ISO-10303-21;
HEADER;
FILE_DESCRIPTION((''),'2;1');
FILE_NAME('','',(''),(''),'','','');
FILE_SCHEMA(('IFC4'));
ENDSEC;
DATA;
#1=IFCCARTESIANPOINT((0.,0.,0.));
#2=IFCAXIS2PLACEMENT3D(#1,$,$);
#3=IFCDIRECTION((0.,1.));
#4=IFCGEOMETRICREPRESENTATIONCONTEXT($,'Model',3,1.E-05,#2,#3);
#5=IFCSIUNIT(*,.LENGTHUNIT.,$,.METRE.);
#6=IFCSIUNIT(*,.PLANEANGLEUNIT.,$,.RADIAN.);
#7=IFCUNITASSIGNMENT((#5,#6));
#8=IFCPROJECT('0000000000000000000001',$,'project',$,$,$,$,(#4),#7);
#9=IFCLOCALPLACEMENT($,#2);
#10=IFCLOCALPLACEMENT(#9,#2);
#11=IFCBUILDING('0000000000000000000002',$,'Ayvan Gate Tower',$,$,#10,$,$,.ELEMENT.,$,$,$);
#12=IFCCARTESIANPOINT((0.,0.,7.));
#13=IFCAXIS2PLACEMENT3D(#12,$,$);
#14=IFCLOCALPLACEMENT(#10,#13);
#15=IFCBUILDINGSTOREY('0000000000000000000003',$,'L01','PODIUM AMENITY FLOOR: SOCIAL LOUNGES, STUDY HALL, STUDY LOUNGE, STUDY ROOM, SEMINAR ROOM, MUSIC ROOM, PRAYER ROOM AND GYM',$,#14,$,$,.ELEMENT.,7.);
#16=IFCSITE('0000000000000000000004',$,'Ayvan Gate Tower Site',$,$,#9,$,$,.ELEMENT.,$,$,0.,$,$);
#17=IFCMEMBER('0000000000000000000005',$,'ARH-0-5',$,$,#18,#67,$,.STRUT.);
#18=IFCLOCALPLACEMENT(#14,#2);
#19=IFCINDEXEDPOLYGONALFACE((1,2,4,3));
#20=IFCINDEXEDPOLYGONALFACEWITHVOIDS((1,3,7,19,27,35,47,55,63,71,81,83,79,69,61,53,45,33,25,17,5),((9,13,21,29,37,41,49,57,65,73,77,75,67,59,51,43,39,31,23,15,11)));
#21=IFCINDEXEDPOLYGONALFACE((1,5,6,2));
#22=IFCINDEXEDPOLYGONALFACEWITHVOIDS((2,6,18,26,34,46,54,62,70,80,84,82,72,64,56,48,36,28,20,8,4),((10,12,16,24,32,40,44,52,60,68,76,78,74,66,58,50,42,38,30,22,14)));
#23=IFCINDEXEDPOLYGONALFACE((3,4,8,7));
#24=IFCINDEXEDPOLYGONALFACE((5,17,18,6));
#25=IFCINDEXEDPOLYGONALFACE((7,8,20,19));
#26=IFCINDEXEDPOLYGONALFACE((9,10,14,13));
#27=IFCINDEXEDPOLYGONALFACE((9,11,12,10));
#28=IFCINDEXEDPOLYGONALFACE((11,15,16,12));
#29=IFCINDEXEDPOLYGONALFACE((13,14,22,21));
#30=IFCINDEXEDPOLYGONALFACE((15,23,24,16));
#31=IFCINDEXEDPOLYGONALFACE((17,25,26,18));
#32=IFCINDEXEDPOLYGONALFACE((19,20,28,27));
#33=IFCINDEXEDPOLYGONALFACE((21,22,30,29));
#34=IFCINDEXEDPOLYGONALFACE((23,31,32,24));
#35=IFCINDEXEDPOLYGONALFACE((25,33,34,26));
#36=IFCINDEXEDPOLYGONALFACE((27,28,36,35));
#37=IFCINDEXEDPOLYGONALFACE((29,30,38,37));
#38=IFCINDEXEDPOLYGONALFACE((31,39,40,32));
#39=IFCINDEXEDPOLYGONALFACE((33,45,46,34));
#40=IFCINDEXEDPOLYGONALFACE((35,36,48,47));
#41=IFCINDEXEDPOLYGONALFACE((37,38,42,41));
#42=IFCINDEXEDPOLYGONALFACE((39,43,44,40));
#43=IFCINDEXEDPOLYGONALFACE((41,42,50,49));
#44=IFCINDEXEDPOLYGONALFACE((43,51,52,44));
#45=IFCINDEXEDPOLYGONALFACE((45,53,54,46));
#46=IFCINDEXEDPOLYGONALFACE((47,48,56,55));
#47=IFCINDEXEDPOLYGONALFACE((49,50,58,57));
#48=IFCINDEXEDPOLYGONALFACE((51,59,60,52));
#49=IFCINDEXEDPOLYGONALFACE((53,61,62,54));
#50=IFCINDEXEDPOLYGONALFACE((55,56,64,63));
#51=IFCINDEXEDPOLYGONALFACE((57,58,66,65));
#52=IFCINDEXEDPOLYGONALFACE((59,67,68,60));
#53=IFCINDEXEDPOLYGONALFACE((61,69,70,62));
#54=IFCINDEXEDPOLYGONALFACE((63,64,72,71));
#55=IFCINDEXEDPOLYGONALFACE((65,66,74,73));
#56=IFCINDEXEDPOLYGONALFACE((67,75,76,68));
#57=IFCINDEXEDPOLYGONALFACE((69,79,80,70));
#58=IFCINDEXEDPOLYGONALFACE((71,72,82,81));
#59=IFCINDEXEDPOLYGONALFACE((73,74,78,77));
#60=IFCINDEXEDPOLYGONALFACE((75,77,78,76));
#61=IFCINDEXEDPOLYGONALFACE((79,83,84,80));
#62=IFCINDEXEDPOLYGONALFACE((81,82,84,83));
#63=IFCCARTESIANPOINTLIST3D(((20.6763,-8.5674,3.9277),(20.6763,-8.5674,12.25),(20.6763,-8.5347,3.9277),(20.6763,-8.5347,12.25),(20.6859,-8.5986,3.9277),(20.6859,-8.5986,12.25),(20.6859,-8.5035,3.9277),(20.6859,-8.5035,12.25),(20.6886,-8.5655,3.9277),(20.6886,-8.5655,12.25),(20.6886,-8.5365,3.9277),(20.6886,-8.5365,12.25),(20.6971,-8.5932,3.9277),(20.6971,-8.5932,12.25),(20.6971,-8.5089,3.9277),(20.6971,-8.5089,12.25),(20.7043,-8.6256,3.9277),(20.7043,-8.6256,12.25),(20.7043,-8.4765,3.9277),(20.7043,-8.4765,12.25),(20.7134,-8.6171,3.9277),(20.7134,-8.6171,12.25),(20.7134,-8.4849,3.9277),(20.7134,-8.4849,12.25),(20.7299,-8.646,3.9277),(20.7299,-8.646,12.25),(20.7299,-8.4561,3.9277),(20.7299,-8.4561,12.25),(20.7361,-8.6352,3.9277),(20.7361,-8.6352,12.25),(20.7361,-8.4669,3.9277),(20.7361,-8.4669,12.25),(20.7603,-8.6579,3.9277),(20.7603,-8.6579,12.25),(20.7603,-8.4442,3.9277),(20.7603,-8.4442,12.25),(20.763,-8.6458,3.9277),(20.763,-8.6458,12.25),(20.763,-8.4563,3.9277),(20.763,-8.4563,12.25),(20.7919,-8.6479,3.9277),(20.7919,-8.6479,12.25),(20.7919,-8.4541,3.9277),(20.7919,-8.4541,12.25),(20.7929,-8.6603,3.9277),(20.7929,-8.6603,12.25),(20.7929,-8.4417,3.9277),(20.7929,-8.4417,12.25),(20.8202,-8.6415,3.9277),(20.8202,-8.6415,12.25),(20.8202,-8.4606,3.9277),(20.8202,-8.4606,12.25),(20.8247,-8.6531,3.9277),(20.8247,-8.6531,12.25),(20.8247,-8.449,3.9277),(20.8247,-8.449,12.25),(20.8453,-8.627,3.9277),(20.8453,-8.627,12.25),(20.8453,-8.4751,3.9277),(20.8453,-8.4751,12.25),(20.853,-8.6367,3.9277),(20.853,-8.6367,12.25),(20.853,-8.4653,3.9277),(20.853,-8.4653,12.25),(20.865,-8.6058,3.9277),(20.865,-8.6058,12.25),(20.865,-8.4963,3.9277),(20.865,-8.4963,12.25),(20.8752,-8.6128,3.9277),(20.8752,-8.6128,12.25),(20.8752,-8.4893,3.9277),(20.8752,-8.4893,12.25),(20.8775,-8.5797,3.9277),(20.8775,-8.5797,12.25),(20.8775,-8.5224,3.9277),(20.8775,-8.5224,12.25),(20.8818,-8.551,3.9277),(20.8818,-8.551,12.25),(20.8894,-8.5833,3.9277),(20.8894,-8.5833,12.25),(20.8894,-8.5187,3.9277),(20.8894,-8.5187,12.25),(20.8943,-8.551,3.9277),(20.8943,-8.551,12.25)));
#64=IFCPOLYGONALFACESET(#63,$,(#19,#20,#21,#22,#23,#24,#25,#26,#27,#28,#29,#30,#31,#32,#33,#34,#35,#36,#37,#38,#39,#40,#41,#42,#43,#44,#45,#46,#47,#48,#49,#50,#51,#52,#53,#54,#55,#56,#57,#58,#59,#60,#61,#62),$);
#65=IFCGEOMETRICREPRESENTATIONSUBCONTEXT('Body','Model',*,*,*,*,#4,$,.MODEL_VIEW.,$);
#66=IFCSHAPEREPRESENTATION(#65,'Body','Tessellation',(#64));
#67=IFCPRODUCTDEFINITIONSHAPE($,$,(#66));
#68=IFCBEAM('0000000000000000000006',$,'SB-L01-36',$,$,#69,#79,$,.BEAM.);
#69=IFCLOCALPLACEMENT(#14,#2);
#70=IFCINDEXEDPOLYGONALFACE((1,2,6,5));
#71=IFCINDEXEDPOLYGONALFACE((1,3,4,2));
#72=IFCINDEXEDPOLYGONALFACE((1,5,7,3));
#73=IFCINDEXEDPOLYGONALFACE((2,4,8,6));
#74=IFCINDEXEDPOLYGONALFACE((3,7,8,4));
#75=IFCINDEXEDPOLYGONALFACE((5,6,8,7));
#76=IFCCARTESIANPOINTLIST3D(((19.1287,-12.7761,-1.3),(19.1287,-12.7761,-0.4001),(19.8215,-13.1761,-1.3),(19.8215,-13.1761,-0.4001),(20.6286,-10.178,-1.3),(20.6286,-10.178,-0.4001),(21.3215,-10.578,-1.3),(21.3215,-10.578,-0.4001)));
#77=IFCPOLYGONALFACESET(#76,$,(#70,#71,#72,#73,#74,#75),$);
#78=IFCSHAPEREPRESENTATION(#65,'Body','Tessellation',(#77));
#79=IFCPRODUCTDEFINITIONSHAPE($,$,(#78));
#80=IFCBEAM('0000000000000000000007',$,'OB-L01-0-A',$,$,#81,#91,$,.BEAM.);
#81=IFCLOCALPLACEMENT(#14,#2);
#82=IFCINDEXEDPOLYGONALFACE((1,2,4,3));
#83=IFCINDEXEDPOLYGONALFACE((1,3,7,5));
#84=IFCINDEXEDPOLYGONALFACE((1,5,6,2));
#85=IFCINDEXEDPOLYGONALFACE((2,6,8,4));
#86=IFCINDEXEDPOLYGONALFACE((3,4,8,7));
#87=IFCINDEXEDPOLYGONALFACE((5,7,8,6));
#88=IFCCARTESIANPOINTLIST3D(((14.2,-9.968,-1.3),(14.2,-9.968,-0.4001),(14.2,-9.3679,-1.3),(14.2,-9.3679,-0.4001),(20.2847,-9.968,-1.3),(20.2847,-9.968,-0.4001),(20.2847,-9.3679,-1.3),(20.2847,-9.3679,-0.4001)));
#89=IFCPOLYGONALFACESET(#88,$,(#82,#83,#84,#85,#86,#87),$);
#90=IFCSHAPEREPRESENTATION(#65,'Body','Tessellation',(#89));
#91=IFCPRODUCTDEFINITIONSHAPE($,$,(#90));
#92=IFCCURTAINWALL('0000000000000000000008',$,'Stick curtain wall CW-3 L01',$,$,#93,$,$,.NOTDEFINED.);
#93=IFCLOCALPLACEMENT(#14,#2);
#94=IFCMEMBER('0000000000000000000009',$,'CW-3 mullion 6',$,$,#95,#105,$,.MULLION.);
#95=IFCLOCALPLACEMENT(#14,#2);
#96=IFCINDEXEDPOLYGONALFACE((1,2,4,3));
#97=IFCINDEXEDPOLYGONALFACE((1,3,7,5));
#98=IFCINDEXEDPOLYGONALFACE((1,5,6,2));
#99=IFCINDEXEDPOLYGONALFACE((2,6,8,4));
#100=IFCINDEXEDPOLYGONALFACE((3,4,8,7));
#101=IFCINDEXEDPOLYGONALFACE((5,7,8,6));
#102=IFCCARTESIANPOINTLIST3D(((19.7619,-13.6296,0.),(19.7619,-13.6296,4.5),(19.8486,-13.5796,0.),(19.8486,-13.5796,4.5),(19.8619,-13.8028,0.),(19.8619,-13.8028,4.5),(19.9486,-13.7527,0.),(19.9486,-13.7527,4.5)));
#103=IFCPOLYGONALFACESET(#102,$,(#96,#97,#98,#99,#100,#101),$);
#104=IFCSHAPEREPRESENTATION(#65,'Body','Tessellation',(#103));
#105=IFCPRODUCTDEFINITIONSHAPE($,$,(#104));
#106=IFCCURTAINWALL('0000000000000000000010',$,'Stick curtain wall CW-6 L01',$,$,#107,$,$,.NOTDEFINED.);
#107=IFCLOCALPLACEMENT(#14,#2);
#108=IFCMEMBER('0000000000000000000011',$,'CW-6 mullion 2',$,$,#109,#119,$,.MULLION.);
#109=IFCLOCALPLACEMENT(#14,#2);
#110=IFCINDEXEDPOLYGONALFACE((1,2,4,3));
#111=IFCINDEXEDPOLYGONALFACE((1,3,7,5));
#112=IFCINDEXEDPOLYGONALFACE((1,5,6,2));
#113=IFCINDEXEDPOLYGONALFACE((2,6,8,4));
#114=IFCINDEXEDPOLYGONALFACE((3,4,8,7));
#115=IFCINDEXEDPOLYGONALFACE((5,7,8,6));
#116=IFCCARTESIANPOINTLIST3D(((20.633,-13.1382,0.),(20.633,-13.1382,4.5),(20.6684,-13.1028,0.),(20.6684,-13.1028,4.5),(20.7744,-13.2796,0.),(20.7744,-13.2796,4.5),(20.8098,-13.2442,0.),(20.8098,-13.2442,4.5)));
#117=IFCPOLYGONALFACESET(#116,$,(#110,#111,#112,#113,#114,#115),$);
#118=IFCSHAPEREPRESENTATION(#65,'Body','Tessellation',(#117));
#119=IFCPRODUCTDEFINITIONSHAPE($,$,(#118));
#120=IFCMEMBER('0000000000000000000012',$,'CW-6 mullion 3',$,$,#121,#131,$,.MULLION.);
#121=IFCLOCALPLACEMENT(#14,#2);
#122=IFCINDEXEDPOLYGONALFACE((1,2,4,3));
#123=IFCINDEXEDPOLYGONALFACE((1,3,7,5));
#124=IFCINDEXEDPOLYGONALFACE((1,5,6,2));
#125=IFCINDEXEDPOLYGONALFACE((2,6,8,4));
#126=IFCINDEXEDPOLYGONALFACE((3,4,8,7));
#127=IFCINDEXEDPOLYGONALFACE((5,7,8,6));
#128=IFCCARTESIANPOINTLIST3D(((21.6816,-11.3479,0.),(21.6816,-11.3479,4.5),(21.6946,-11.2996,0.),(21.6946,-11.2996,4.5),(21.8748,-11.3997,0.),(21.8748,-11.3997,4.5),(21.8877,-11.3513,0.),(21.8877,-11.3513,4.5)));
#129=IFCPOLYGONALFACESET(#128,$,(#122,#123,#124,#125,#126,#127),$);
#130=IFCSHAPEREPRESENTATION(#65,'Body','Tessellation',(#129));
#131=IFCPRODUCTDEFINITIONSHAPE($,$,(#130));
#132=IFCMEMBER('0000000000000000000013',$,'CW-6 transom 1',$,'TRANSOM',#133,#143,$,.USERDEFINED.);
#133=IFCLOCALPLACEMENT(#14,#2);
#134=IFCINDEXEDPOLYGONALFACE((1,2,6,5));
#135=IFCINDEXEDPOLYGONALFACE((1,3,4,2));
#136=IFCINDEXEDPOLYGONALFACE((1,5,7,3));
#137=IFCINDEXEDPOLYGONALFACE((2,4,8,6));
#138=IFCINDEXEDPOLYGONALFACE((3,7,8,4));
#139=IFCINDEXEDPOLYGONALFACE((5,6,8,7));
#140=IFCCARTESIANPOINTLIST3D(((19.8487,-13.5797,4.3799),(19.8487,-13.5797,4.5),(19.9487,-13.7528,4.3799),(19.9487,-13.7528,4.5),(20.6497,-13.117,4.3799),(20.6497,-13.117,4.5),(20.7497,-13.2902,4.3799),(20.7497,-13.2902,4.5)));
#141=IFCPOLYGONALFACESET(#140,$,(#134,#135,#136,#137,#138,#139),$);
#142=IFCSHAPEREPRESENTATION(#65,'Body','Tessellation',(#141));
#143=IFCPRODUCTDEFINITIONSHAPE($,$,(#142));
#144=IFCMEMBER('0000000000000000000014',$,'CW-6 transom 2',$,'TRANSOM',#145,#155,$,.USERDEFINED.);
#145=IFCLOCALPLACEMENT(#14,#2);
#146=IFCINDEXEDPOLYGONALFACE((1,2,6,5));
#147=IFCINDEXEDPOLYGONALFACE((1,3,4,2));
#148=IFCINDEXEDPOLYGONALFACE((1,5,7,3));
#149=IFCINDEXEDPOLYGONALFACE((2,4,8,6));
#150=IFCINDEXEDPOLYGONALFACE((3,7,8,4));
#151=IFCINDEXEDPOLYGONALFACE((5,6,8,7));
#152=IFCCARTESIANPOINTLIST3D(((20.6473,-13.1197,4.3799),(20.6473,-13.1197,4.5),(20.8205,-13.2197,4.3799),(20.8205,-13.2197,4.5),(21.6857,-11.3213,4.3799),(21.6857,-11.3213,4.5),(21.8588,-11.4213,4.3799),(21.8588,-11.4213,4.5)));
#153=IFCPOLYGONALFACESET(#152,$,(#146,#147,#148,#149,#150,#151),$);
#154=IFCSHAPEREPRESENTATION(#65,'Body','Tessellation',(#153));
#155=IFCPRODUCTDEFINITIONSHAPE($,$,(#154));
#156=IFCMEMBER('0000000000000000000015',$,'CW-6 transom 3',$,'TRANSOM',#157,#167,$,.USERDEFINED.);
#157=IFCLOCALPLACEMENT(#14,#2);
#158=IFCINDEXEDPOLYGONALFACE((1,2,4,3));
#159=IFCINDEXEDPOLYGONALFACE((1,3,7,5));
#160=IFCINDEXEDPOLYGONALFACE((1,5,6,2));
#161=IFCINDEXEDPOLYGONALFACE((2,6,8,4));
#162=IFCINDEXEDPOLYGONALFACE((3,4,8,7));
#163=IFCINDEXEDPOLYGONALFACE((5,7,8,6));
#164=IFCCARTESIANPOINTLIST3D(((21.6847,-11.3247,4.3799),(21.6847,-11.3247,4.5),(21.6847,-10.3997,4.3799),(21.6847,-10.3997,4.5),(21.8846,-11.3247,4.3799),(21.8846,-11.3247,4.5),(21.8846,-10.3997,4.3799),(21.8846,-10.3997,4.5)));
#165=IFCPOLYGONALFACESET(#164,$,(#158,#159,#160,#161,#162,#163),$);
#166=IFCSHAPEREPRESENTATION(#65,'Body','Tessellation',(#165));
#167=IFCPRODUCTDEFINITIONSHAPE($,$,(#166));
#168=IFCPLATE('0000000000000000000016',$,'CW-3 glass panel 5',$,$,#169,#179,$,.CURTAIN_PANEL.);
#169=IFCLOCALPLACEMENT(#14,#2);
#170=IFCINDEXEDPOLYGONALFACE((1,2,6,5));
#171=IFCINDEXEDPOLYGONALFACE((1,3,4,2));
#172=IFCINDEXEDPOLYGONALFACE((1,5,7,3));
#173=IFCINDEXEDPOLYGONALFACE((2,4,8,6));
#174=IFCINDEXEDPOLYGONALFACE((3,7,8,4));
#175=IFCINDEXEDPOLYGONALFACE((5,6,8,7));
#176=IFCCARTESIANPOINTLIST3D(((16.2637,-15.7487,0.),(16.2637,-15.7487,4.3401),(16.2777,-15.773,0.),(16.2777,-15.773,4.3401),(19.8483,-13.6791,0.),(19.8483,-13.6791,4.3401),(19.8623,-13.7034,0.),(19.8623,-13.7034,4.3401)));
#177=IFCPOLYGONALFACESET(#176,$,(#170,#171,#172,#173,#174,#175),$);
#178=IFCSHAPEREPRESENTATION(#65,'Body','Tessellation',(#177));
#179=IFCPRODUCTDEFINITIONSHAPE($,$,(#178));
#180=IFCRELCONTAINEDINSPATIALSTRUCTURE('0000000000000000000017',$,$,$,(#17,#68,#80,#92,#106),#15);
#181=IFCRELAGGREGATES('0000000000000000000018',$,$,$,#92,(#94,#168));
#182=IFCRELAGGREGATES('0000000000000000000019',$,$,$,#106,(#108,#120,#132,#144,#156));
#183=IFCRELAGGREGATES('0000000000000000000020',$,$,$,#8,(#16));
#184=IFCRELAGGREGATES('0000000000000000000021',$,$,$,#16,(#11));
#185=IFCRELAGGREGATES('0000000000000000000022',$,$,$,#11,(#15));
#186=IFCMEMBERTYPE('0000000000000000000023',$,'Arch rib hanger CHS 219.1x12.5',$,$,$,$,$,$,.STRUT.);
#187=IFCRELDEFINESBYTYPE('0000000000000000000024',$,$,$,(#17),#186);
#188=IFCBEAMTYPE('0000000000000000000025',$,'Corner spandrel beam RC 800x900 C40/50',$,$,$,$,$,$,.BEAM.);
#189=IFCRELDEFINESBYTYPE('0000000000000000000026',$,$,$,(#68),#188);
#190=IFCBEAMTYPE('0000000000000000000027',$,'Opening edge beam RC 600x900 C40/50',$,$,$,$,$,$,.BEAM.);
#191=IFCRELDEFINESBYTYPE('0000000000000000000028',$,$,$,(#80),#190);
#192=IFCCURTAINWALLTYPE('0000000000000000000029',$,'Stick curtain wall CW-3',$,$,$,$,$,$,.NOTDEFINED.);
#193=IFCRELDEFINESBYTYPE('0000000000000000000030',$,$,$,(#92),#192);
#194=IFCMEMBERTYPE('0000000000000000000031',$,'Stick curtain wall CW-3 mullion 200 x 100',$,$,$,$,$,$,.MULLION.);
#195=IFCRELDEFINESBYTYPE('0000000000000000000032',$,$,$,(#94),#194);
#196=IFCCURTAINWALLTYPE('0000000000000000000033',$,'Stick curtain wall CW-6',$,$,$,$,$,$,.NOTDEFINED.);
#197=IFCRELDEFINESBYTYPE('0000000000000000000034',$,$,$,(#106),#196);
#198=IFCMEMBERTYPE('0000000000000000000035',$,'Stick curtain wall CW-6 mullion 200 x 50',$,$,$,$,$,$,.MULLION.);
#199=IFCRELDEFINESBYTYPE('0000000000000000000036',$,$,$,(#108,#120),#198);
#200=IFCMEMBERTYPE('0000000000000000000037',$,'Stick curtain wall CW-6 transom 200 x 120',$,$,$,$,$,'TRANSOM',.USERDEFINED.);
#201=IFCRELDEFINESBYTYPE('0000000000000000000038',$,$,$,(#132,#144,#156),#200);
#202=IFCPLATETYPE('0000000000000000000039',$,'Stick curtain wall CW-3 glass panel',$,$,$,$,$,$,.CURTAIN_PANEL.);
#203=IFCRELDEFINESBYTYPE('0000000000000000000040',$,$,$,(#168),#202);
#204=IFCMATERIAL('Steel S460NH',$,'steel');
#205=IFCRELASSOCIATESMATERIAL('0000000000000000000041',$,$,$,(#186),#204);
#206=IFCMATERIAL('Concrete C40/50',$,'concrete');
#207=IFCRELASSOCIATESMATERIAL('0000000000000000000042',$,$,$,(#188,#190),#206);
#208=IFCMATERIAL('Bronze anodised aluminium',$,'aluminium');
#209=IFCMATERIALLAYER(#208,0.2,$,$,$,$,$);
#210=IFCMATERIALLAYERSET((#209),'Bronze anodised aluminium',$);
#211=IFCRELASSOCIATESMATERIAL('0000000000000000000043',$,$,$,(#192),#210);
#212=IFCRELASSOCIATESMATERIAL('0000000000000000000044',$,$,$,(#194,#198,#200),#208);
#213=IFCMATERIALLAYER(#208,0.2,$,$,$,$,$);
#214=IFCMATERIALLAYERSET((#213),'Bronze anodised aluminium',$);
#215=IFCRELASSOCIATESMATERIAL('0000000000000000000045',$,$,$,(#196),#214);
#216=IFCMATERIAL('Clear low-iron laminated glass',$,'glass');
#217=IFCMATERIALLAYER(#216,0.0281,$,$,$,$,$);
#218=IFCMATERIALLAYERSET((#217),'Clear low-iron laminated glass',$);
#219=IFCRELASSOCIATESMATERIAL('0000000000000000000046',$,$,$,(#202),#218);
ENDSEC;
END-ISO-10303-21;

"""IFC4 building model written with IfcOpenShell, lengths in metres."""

from ifc_helpers import new_model, si_unit, direction, frame, origin, origin_2d, place, context, subcontext, project, spatial, rectangle, hollow_circle, extrude, material, layer, layer_set, material_profile, profile_set, type_object, element, aggregate, save


model = new_model("IFC4")

# Units and contexts
model_context = context("Model", 3, precision=1e-05, world=origin(), true_north=direction((0.0, 1.0)))
body_context = subcontext(model_context, "Body", "Model", "MODEL_VIEW")
ifc_project = project(units=[si_unit("LENGTHUNIT", "METRE"), si_unit("PLANEANGLEUNIT", "RADIAN")], contexts=[model_context])

# Site, building, storey
site_placement = place(None, origin())
site = spatial("IfcSite", under=ifc_project, at=site_placement, Name="Ayvan Gate Tower Site", CompositionType="ELEMENT", RefElevation=0.0)
building_placement = place(site_placement, origin())
building = spatial("IfcBuilding", under=site, at=building_placement, Name="Ayvan Gate Tower", CompositionType="ELEMENT")
storey_placement = place(building_placement, frame((0.0, 0.0, 7.0)))
storey = spatial("IfcBuildingStorey", under=building, at=storey_placement, Name="L01", Description="PODIUM AMENITY FLOOR: SOCIAL LOUNGES, STUDY HALL, STUDY LOUNGE, STUDY ROOM, SEMINAR ROOM, MUSIC ROOM, PRAYER ROOM AND GYM", CompositionType="ELEMENT", Elevation=7.0)

# Member
ifc_material_1 = material(Name="Steel S460NH", Category="steel")
ifc_material_profile_1 = material_profile(ifc_material_1, hollow_circle(Radius=0.1096, WallThickness=0.0125, at=origin_2d()), Name="CHS 219.1x12.5")
ifc_profile_set_1 = profile_set([ifc_material_profile_1], Name="Steel S460NH")
member_type_1 = type_object("IfcMemberType", Name="Arch rib hanger CHS 219.1x12.5", PredefinedType="STRUT", material=ifc_profile_set_1)
member_1_placement = place(storey_placement, frame((20.7847, -8.551, 3.9277), z_axis=(0.0, 0.0, 1.0), x_axis=(1.0, 0.0, 0.0)))
element("IfcMember", 1, at=member_1_placement, inside=storey, type_object=member_type_1, Name="ARH-0-5", PredefinedType="STRUT", context=body_context, shape_type="SweptSolid", body=[
    extrude(hollow_circle(Radius=0.1096, WallThickness=0.0125, at=origin_2d()), origin(), (0.0, 0.0, 1.0), 8.3223),
])

# Beams
ifc_material_2 = material(Name="Concrete C40/50", Category="concrete")
ifc_material_profile_2 = material_profile(ifc_material_2, rectangle(XDim=0.8, YDim=0.8999, at=origin_2d()), Name="RC 800x900")
ifc_profile_set_2 = profile_set([ifc_material_profile_2], Name="Concrete C40/50")
beam_type_1 = type_object("IfcBeamType", Name="Corner spandrel beam RC 800x900 C40/50", PredefinedType="BEAM", material=ifc_profile_set_2)
beam_1_placement = place(storey_placement, frame((19.4751, -12.9761, -0.8501), z_axis=(0.49999, 0.866031, 0.0), x_axis=(-0.866031, 0.49999, 0.0)))
element("IfcBeam", 2, at=beam_1_placement, inside=storey, type_object=beam_type_1, Name="SB-L01-36", PredefinedType="BEAM", context=body_context, shape_type="SweptSolid", body=[
    extrude(rectangle(XDim=0.8, YDim=0.8999, at=origin_2d()), origin(), (0.0, 0.0, 1.0), 3.0),
])
ifc_material_profile_3 = material_profile(ifc_material_2, rectangle(XDim=0.6001, YDim=0.8999, at=origin_2d()), Name="RC 600x900")
ifc_profile_set_3 = profile_set([ifc_material_profile_3], Name="Concrete C40/50")
beam_type_2 = type_object("IfcBeamType", Name="Opening edge beam RC 600x900 C40/50", PredefinedType="BEAM", material=ifc_profile_set_3)
beam_2_placement = place(storey_placement, frame((20.2847, -9.668, -0.8501), z_axis=(-1.0, 0.0, 0.0), x_axis=(0.0, -1.0, 0.0)))
element("IfcBeam", 3, at=beam_2_placement, inside=storey, type_object=beam_type_2, Name="OB-L01-0-A", PredefinedType="BEAM", context=body_context, shape_type="SweptSolid", body=[
    extrude(rectangle(XDim=0.6001, YDim=0.8999, at=origin_2d()), origin(), (0.0, 0.0, 1.0), 6.0847),
])

# Curtain wall, member
ifc_material_3 = material(Name="Bronze anodised aluminium", Category="aluminium")
ifc_layer_1 = layer(ifc_material_3, 0.2)
ifc_layer_set_1 = layer_set([ifc_layer_1], Name="Bronze anodised aluminium")
curtain_wall_type_1 = type_object("IfcCurtainWallType", Name="Stick curtain wall CW-3", PredefinedType="NOTDEFINED", material=ifc_layer_set_1)
curtain_wall_1_placement = place(storey_placement, origin())
curtain_wall_1 = element("IfcCurtainWall", 4, at=curtain_wall_1_placement, inside=storey, type_object=curtain_wall_type_1, Name="Stick curtain wall CW-3 L01", PredefinedType="NOTDEFINED")
ifc_material_profile_4 = material_profile(ifc_material_3, rectangle(XDim=0.2, YDim=0.1001, at=origin_2d()), Name="Stick curtain wall CW-3 mullion 200 x 100")
ifc_profile_set_4 = profile_set([ifc_material_profile_4], Name="Bronze anodised aluminium")
member_type_2 = type_object("IfcMemberType", Name="Stick curtain wall CW-3 mullion 200 x 100", PredefinedType="MULLION", material=ifc_profile_set_4)
member_2_placement = place(storey_placement, frame((19.8552, -13.6912, 0.0), z_axis=(0.0, 0.0, 1.0), x_axis=(0.5, -0.866025, 0.0)))
member_2 = element("IfcMember", 5, at=member_2_placement, type_object=member_type_2, Name="CW-3 mullion 6", PredefinedType="MULLION", context=body_context, shape_type="SweptSolid", body=[
    extrude(rectangle(XDim=0.2, YDim=0.1001, at=origin_2d()), origin(), (0.0, 0.0, 1.0), 4.5),
])

# Curtain wall, members
ifc_layer_2 = layer(ifc_material_3, 0.2)
ifc_layer_set_2 = layer_set([ifc_layer_2], Name="Bronze anodised aluminium")
curtain_wall_type_2 = type_object("IfcCurtainWallType", Name="Stick curtain wall CW-6", PredefinedType="NOTDEFINED", material=ifc_layer_set_2)
curtain_wall_2_placement = place(storey_placement, origin())
curtain_wall_2 = element("IfcCurtainWall", 6, at=curtain_wall_2_placement, inside=storey, type_object=curtain_wall_type_2, Name="Stick curtain wall CW-6 L01", PredefinedType="NOTDEFINED")
ifc_material_profile_5 = material_profile(ifc_material_3, rectangle(XDim=0.2, YDim=0.05, at=origin_2d()), Name="Stick curtain wall CW-6 mullion 200 x 50")
ifc_profile_set_5 = profile_set([ifc_material_profile_5], Name="Bronze anodised aluminium")
member_type_3 = type_object("IfcMemberType", Name="Stick curtain wall CW-6 mullion 200 x 50", PredefinedType="MULLION", material=ifc_profile_set_5)
member_3_placement = place(storey_placement, frame((20.7214, -13.1912, 0.0), z_axis=(0.0, 0.0, 1.0), x_axis=(0.707107, -0.707107, 0.0)))
member_3 = element("IfcMember", 7, at=member_3_placement, type_object=member_type_3, Name="CW-6 mullion 2", PredefinedType="MULLION", context=body_context, shape_type="SweptSolid", body=[
    extrude(rectangle(XDim=0.2, YDim=0.05, at=origin_2d()), origin(), (0.0, 0.0, 1.0), 4.5),
])
member_4_placement = place(storey_placement, frame((21.7847, -11.3496, 0.0), z_axis=(0.0, 0.0, 1.0), x_axis=(0.965926, -0.258819, 0.0)))
member_4 = element("IfcMember", 8, at=member_4_placement, type_object=member_type_3, Name="CW-6 mullion 3", PredefinedType="MULLION", context=body_context, shape_type="SweptSolid", body=[
    extrude(rectangle(XDim=0.2, YDim=0.05, at=origin_2d()), origin(), (0.0, 0.0, 1.0), 4.5),
])
ifc_material_profile_6 = material_profile(ifc_material_3, rectangle(XDim=0.2, YDim=0.1201, at=origin_2d()), Name="Stick curtain wall CW-6 transom 200 x 120")
ifc_profile_set_6 = profile_set([ifc_material_profile_6], Name="Bronze anodised aluminium")
member_type_4 = type_object("IfcMemberType", Name="Stick curtain wall CW-6 transom 200 x 120", ElementType="TRANSOM", PredefinedType="USERDEFINED", material=ifc_profile_set_6)
member_5_placement = place(storey_placement, frame((19.8987, -13.6663, 4.4399), z_axis=(0.865944, 0.500141, 0.0), x_axis=(-0.500141, 0.865944, 0.0)))
member_5 = element("IfcMember", 9, at=member_5_placement, type_object=member_type_4, Name="CW-6 transom 1", ObjectType="TRANSOM", PredefinedType="USERDEFINED", context=body_context, shape_type="SweptSolid", body=[
    extrude(rectangle(XDim=0.2, YDim=0.1201, at=origin_2d()), origin(), (0.0, 0.0, 1.0), 0.925),
])
member_6_placement = place(storey_placement, frame((20.7339, -13.1697, 4.4399), z_axis=(0.500021, 0.866013, 0.0), x_axis=(-0.866013, 0.500021, 0.0)))
member_6 = element("IfcMember", 10, at=member_6_placement, type_object=member_type_4, Name="CW-6 transom 2", ObjectType="TRANSOM", PredefinedType="USERDEFINED", context=body_context, shape_type="SweptSolid", body=[
    extrude(rectangle(XDim=0.2, YDim=0.1201, at=origin_2d()), origin(), (0.0, 0.0, 1.0), 2.0767),
])
member_7_placement = place(storey_placement, frame((21.7847, -11.3247, 4.4399), z_axis=(0.0, 1.0, 0.0), x_axis=(-1.0, 0.0, 0.0)))
member_7 = element("IfcMember", 11, at=member_7_placement, type_object=member_type_4, Name="CW-6 transom 3", ObjectType="TRANSOM", PredefinedType="USERDEFINED", context=body_context, shape_type="SweptSolid", body=[
    extrude(rectangle(XDim=0.2, YDim=0.1201, at=origin_2d()), origin(), (0.0, 0.0, 1.0), 0.925),
])

# Plate
ifc_material_4 = material(Name="Clear low-iron laminated glass", Category="glass")
ifc_layer_3 = layer(ifc_material_4, 0.0281)
ifc_layer_set_3 = layer_set([ifc_layer_3], Name="Clear low-iron laminated glass")
plate_type_1 = type_object("IfcPlateType", Name="Stick curtain wall CW-3 glass panel", PredefinedType="CURTAIN_PANEL", material=ifc_layer_set_3)
plate_1_placement = place(storey_placement, frame((18.063, -14.7261, 0.0), z_axis=(0.0, 0.0, 1.0), x_axis=(0.866025, 0.5, 0.0)))
plate_1 = element("IfcPlate", 12, at=plate_1_placement, type_object=plate_type_1, Name="CW-3 glass panel 5", PredefinedType="CURTAIN_PANEL", context=body_context, shape_type="SweptSolid", body=[
    extrude(rectangle(XDim=4.1392, YDim=0.0281, at=origin_2d()), origin(), (0.0, 0.0, 1.0), 4.3401),
])
aggregate(curtain_wall_1, [member_2, plate_1])
aggregate(curtain_wall_2, [member_3, member_4, member_5, member_6, member_7])

save(model, "model.ifc")
